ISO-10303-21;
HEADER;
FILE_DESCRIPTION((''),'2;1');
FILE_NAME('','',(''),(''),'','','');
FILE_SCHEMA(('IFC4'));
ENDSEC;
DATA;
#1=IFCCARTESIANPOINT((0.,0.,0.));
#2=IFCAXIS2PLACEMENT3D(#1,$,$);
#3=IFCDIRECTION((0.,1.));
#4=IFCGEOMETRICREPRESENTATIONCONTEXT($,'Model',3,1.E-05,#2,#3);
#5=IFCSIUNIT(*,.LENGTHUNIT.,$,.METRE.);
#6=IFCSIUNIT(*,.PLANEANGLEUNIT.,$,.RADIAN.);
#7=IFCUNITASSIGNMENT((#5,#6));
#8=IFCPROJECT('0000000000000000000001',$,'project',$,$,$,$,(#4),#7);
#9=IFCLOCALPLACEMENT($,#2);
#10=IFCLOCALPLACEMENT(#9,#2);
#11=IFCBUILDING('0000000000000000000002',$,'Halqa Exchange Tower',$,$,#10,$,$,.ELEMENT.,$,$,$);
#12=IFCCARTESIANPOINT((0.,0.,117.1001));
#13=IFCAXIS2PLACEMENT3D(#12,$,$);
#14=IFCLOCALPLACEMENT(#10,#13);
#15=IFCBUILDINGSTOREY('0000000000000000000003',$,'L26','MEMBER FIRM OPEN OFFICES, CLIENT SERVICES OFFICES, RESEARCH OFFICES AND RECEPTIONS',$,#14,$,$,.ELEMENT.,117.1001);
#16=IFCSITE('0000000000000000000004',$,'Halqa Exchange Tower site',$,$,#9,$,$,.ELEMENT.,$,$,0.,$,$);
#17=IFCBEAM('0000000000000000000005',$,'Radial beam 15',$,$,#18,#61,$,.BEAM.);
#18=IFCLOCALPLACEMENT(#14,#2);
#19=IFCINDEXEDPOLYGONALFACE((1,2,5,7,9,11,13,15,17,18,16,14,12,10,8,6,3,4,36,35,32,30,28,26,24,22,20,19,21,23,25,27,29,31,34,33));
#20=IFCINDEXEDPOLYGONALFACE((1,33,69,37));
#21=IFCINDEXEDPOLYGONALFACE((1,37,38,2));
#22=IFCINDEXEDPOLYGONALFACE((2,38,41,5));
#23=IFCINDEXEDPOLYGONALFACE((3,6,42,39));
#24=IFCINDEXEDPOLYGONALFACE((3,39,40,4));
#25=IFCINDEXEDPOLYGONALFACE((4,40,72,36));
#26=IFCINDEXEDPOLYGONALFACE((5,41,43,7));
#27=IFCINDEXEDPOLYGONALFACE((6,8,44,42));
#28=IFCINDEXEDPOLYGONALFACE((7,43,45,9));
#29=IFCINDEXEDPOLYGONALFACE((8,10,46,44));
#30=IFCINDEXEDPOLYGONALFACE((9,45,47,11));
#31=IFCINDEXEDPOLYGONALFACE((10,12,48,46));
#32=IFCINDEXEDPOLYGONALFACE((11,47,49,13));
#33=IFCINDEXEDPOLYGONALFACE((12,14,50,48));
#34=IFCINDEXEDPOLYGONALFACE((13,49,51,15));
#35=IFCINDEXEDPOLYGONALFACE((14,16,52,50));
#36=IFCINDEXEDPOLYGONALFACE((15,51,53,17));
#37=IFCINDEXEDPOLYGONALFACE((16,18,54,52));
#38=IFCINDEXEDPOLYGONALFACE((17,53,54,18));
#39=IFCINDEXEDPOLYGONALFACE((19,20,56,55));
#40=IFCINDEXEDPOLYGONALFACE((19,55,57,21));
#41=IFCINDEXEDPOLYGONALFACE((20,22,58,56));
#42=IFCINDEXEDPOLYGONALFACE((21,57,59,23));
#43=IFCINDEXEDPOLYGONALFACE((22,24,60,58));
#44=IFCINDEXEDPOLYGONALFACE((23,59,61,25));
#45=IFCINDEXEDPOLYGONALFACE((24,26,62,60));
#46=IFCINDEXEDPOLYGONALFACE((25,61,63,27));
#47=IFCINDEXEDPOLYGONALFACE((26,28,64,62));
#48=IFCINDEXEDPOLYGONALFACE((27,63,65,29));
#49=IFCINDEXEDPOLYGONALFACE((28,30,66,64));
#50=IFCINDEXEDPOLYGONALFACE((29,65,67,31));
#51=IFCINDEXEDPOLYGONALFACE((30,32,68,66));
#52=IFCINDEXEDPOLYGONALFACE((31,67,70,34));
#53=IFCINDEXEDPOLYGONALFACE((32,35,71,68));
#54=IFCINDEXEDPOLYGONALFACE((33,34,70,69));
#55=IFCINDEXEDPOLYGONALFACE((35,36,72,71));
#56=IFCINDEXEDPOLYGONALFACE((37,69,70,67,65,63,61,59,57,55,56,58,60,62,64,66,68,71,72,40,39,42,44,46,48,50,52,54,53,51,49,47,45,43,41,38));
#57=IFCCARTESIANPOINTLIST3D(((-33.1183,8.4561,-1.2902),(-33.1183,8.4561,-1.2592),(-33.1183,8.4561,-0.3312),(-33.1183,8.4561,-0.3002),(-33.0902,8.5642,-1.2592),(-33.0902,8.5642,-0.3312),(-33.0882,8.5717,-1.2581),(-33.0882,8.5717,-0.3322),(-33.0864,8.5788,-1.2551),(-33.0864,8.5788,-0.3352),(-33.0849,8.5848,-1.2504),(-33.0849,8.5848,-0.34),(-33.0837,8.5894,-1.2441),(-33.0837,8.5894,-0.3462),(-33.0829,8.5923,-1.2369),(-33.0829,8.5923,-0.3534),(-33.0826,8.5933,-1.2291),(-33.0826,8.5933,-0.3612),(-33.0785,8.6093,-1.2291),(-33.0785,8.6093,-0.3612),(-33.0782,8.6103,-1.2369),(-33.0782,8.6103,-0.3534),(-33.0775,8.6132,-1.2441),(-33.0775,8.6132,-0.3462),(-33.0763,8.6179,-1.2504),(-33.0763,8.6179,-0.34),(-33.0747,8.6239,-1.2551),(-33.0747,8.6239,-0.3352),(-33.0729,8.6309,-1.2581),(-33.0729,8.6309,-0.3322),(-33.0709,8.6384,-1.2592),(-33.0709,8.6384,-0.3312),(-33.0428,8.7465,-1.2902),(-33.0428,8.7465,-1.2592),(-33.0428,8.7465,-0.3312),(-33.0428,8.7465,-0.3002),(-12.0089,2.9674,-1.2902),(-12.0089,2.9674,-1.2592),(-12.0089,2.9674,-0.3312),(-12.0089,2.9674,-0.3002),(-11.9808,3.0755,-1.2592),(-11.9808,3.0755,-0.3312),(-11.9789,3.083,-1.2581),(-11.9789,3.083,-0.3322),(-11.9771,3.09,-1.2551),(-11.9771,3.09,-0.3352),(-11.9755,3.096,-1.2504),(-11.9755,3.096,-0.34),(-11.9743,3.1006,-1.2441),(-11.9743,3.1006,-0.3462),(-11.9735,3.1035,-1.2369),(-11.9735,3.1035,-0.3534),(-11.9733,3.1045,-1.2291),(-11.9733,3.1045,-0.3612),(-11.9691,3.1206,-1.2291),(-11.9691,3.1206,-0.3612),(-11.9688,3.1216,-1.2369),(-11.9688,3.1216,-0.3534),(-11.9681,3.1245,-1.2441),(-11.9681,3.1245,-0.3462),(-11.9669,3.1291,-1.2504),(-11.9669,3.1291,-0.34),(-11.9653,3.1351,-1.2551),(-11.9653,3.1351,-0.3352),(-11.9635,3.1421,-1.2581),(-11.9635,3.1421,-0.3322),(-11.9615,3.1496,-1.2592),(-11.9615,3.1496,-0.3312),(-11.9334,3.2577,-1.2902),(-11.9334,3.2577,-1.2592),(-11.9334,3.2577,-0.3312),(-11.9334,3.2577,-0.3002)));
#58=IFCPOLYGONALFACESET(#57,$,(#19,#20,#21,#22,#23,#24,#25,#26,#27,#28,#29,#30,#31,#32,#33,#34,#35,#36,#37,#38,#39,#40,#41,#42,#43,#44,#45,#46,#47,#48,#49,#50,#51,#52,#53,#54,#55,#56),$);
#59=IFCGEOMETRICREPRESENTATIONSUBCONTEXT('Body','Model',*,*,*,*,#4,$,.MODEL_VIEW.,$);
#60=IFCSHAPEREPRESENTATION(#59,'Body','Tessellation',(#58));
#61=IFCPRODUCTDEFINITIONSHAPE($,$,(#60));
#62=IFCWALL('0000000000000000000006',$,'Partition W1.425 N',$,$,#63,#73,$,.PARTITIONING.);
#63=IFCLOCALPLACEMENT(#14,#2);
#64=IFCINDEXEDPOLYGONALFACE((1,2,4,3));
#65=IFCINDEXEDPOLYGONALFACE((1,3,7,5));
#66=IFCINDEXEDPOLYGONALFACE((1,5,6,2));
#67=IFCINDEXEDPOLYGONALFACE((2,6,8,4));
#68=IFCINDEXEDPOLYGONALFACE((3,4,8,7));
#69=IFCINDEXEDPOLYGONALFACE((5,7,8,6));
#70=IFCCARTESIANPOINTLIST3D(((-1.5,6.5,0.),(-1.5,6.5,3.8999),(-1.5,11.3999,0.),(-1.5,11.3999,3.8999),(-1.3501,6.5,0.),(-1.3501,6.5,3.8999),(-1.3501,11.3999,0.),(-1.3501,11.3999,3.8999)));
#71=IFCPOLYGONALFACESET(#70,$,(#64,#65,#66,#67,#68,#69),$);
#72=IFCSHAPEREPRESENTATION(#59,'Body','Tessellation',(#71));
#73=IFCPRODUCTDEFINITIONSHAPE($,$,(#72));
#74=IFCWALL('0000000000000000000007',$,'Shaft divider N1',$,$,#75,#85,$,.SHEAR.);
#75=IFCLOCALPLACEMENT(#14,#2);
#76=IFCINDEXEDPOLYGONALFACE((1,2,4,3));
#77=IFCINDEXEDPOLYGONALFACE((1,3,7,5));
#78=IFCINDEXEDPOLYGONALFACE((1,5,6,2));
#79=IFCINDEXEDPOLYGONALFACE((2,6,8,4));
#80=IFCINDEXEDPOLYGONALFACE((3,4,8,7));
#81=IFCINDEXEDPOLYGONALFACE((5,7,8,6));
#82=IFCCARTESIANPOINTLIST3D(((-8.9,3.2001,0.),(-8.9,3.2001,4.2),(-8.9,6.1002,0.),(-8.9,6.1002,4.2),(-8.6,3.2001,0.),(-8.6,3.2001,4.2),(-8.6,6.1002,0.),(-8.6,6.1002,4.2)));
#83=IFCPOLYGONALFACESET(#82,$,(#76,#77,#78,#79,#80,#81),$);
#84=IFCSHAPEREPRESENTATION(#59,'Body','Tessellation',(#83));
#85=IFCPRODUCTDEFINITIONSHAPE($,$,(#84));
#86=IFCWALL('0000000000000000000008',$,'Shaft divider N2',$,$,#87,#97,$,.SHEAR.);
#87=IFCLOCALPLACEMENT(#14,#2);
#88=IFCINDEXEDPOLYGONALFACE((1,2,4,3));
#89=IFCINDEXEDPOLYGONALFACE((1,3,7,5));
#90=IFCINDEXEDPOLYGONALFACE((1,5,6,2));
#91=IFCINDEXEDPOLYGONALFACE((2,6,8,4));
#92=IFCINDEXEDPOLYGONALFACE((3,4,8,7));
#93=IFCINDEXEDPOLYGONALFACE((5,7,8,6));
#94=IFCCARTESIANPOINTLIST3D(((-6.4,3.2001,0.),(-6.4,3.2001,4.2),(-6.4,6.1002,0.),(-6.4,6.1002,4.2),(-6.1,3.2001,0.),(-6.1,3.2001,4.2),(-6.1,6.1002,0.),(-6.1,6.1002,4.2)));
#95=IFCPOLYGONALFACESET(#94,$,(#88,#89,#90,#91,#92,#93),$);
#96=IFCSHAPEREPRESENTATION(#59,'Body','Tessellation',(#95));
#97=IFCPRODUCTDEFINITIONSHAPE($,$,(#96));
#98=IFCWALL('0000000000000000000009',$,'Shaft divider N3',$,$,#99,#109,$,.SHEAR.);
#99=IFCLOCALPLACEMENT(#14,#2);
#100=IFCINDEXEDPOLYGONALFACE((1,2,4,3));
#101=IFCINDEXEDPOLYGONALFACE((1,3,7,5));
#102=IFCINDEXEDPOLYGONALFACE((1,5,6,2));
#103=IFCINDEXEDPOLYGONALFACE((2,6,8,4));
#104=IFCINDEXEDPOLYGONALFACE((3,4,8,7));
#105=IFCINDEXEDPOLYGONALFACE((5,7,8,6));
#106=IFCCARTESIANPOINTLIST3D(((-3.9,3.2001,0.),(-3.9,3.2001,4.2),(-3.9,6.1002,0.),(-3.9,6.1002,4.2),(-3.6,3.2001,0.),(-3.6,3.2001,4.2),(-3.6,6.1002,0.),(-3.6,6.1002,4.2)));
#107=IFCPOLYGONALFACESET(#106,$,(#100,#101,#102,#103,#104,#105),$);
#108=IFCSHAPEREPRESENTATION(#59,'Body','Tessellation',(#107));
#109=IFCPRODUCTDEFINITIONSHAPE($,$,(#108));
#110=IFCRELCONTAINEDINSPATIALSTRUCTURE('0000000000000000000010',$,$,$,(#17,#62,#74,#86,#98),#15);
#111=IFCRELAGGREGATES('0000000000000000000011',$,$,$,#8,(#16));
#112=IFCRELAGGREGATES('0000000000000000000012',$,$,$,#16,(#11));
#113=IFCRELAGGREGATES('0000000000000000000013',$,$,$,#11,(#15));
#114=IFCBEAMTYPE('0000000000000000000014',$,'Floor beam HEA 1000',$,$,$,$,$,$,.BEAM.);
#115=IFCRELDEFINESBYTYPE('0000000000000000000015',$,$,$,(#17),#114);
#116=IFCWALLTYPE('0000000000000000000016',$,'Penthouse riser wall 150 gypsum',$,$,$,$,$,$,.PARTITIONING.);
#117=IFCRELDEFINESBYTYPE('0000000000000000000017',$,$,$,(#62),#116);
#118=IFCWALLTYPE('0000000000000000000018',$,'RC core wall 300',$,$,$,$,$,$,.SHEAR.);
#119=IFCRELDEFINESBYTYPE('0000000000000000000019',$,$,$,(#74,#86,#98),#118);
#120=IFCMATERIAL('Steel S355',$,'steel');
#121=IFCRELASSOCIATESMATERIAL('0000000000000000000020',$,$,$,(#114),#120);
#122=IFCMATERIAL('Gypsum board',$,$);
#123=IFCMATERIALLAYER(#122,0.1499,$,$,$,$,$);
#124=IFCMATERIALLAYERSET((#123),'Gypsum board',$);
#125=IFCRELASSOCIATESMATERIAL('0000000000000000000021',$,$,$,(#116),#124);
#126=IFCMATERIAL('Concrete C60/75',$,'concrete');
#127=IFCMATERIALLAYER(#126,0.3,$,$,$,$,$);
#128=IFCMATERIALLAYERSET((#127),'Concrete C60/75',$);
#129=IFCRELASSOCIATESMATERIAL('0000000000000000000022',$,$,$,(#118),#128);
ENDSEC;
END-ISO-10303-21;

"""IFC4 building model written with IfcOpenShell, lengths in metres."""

from ifc_helpers import new_model, si_unit, direction, frame, frame_2d, origin, origin_2d, place, context, subcontext, project, spatial, rectangle, i_section, extrude, material, layer, layer_set, material_profile, profile_set, type_object, element, save


model = new_model("IFC4")

# Units and contexts
model_context = context("Model", 3, precision=1e-05, world=origin(), true_north=direction((0.0, 1.0)))
body_context = subcontext(model_context, "Body", "Model", "MODEL_VIEW")
ifc_project = project(units=[si_unit("LENGTHUNIT", "METRE"), si_unit("PLANEANGLEUNIT", "RADIAN")], contexts=[model_context])

# Site, building, storey
site_placement = place(None, origin())
site = spatial("IfcSite", under=ifc_project, at=site_placement, Name="Halqa Exchange Tower site", CompositionType="ELEMENT", RefElevation=0.0)
building_placement = place(site_placement, origin())
building = spatial("IfcBuilding", under=site, at=building_placement, Name="Halqa Exchange Tower", CompositionType="ELEMENT")
storey_placement = place(building_placement, frame((0.0, 0.0, 117.1001)))
storey = spatial("IfcBuildingStorey", under=building, at=storey_placement, Name="L26", Description="MEMBER FIRM OPEN OFFICES, CLIENT SERVICES OFFICES, RESEARCH OFFICES AND RECEPTIONS", CompositionType="ELEMENT", Elevation=117.1001)

# Beam
ifc_material_1 = material(Name="Steel S355", Category="steel")
ifc_material_profile = material_profile(ifc_material_1, i_section(OverallWidth=0.3, OverallDepth=0.99, WebThickness=0.0166, FlangeThickness=0.031, FilletRadius=0.03, at=origin_2d()), Name="HEA 1000")
ifc_profile_set = profile_set([ifc_material_profile], Name="Steel S355")
beam_type = type_object("IfcBeamType", Name="Floor beam HEA 1000", PredefinedType="BEAM", material=ifc_profile_set)
beam_placement = place(storey_placement, frame((-11.9712, 3.1125, -0.7952), z_axis=(-0.967819, 0.251648, 0.0), x_axis=(-0.251648, -0.967819, 0.0)))
element("IfcBeam", 1, at=beam_placement, inside=storey, type_object=beam_type, Name="Radial beam 15", PredefinedType="BEAM", context=body_context, shape_type="SweptSolid", body=[
    extrude(i_section(OverallWidth=0.3, OverallDepth=0.99, WebThickness=0.0166, FlangeThickness=0.031, FilletRadius=0.03, at=origin_2d()), origin(), (0.0, 0.0, 1.0), 21.8113),
])

# Walls
ifc_material_2 = material(Name="Gypsum board")
ifc_layer_1 = layer(ifc_material_2, 0.1499)
ifc_layer_set_1 = layer_set([ifc_layer_1], Name="Gypsum board")
wall_type_1 = type_object("IfcWallType", Name="Penthouse riser wall 150 gypsum", PredefinedType="PARTITIONING", material=ifc_layer_set_1)
wall_1_placement = place(storey_placement, frame((-1.425, 6.5, 0.0), z_axis=(0.0, 0.0, 1.0), x_axis=(0.0, 1.0, 0.0)))
element("IfcWall", 2, at=wall_1_placement, inside=storey, type_object=wall_type_1, Name="Partition W1.425 N", PredefinedType="PARTITIONING", context=body_context, shape_type="SweptSolid", body=[
    extrude(rectangle(XDim=4.8999, YDim=0.1499, at=frame_2d((2.45, 0.0))), origin(), (0.0, 0.0, 1.0), 3.8999),
])
ifc_material_3 = material(Name="Concrete C60/75", Category="concrete")
ifc_layer_2 = layer(ifc_material_3, 0.3)
ifc_layer_set_2 = layer_set([ifc_layer_2], Name="Concrete C60/75")
wall_type_2 = type_object("IfcWallType", Name="RC core wall 300", PredefinedType="SHEAR", material=ifc_layer_set_2)
for number, where, z_axis, x_axis, name in (
    (3, (-8.75, 3.2, 0.0), (0.0, 0.0, 1.0), (0.0, 1.0, 0.0), "Shaft divider N1"),
    (4, (-6.25, 3.2, 0.0), (0.0, 0.0, 1.0), (0.0, 1.0, 0.0), "Shaft divider N2"),
    (5, (-3.75, 3.2, 0.0), (0.0, 0.0, 1.0), (0.0, 1.0, 0.0), "Shaft divider N3"),
):
    element("IfcWall", number, at=place(storey_placement, frame(where, z_axis=z_axis, x_axis=x_axis)), inside=storey, type_object=wall_type_2, Name=name, PredefinedType="SHEAR", context=body_context, shape_type="SweptSolid", body=[
        extrude(rectangle(XDim=2.9001, YDim=0.3, at=frame_2d((1.4502, 0.0))), origin(), (0.0, 0.0, 1.0), 4.2),
    ])

save(model, "model.ifc")
